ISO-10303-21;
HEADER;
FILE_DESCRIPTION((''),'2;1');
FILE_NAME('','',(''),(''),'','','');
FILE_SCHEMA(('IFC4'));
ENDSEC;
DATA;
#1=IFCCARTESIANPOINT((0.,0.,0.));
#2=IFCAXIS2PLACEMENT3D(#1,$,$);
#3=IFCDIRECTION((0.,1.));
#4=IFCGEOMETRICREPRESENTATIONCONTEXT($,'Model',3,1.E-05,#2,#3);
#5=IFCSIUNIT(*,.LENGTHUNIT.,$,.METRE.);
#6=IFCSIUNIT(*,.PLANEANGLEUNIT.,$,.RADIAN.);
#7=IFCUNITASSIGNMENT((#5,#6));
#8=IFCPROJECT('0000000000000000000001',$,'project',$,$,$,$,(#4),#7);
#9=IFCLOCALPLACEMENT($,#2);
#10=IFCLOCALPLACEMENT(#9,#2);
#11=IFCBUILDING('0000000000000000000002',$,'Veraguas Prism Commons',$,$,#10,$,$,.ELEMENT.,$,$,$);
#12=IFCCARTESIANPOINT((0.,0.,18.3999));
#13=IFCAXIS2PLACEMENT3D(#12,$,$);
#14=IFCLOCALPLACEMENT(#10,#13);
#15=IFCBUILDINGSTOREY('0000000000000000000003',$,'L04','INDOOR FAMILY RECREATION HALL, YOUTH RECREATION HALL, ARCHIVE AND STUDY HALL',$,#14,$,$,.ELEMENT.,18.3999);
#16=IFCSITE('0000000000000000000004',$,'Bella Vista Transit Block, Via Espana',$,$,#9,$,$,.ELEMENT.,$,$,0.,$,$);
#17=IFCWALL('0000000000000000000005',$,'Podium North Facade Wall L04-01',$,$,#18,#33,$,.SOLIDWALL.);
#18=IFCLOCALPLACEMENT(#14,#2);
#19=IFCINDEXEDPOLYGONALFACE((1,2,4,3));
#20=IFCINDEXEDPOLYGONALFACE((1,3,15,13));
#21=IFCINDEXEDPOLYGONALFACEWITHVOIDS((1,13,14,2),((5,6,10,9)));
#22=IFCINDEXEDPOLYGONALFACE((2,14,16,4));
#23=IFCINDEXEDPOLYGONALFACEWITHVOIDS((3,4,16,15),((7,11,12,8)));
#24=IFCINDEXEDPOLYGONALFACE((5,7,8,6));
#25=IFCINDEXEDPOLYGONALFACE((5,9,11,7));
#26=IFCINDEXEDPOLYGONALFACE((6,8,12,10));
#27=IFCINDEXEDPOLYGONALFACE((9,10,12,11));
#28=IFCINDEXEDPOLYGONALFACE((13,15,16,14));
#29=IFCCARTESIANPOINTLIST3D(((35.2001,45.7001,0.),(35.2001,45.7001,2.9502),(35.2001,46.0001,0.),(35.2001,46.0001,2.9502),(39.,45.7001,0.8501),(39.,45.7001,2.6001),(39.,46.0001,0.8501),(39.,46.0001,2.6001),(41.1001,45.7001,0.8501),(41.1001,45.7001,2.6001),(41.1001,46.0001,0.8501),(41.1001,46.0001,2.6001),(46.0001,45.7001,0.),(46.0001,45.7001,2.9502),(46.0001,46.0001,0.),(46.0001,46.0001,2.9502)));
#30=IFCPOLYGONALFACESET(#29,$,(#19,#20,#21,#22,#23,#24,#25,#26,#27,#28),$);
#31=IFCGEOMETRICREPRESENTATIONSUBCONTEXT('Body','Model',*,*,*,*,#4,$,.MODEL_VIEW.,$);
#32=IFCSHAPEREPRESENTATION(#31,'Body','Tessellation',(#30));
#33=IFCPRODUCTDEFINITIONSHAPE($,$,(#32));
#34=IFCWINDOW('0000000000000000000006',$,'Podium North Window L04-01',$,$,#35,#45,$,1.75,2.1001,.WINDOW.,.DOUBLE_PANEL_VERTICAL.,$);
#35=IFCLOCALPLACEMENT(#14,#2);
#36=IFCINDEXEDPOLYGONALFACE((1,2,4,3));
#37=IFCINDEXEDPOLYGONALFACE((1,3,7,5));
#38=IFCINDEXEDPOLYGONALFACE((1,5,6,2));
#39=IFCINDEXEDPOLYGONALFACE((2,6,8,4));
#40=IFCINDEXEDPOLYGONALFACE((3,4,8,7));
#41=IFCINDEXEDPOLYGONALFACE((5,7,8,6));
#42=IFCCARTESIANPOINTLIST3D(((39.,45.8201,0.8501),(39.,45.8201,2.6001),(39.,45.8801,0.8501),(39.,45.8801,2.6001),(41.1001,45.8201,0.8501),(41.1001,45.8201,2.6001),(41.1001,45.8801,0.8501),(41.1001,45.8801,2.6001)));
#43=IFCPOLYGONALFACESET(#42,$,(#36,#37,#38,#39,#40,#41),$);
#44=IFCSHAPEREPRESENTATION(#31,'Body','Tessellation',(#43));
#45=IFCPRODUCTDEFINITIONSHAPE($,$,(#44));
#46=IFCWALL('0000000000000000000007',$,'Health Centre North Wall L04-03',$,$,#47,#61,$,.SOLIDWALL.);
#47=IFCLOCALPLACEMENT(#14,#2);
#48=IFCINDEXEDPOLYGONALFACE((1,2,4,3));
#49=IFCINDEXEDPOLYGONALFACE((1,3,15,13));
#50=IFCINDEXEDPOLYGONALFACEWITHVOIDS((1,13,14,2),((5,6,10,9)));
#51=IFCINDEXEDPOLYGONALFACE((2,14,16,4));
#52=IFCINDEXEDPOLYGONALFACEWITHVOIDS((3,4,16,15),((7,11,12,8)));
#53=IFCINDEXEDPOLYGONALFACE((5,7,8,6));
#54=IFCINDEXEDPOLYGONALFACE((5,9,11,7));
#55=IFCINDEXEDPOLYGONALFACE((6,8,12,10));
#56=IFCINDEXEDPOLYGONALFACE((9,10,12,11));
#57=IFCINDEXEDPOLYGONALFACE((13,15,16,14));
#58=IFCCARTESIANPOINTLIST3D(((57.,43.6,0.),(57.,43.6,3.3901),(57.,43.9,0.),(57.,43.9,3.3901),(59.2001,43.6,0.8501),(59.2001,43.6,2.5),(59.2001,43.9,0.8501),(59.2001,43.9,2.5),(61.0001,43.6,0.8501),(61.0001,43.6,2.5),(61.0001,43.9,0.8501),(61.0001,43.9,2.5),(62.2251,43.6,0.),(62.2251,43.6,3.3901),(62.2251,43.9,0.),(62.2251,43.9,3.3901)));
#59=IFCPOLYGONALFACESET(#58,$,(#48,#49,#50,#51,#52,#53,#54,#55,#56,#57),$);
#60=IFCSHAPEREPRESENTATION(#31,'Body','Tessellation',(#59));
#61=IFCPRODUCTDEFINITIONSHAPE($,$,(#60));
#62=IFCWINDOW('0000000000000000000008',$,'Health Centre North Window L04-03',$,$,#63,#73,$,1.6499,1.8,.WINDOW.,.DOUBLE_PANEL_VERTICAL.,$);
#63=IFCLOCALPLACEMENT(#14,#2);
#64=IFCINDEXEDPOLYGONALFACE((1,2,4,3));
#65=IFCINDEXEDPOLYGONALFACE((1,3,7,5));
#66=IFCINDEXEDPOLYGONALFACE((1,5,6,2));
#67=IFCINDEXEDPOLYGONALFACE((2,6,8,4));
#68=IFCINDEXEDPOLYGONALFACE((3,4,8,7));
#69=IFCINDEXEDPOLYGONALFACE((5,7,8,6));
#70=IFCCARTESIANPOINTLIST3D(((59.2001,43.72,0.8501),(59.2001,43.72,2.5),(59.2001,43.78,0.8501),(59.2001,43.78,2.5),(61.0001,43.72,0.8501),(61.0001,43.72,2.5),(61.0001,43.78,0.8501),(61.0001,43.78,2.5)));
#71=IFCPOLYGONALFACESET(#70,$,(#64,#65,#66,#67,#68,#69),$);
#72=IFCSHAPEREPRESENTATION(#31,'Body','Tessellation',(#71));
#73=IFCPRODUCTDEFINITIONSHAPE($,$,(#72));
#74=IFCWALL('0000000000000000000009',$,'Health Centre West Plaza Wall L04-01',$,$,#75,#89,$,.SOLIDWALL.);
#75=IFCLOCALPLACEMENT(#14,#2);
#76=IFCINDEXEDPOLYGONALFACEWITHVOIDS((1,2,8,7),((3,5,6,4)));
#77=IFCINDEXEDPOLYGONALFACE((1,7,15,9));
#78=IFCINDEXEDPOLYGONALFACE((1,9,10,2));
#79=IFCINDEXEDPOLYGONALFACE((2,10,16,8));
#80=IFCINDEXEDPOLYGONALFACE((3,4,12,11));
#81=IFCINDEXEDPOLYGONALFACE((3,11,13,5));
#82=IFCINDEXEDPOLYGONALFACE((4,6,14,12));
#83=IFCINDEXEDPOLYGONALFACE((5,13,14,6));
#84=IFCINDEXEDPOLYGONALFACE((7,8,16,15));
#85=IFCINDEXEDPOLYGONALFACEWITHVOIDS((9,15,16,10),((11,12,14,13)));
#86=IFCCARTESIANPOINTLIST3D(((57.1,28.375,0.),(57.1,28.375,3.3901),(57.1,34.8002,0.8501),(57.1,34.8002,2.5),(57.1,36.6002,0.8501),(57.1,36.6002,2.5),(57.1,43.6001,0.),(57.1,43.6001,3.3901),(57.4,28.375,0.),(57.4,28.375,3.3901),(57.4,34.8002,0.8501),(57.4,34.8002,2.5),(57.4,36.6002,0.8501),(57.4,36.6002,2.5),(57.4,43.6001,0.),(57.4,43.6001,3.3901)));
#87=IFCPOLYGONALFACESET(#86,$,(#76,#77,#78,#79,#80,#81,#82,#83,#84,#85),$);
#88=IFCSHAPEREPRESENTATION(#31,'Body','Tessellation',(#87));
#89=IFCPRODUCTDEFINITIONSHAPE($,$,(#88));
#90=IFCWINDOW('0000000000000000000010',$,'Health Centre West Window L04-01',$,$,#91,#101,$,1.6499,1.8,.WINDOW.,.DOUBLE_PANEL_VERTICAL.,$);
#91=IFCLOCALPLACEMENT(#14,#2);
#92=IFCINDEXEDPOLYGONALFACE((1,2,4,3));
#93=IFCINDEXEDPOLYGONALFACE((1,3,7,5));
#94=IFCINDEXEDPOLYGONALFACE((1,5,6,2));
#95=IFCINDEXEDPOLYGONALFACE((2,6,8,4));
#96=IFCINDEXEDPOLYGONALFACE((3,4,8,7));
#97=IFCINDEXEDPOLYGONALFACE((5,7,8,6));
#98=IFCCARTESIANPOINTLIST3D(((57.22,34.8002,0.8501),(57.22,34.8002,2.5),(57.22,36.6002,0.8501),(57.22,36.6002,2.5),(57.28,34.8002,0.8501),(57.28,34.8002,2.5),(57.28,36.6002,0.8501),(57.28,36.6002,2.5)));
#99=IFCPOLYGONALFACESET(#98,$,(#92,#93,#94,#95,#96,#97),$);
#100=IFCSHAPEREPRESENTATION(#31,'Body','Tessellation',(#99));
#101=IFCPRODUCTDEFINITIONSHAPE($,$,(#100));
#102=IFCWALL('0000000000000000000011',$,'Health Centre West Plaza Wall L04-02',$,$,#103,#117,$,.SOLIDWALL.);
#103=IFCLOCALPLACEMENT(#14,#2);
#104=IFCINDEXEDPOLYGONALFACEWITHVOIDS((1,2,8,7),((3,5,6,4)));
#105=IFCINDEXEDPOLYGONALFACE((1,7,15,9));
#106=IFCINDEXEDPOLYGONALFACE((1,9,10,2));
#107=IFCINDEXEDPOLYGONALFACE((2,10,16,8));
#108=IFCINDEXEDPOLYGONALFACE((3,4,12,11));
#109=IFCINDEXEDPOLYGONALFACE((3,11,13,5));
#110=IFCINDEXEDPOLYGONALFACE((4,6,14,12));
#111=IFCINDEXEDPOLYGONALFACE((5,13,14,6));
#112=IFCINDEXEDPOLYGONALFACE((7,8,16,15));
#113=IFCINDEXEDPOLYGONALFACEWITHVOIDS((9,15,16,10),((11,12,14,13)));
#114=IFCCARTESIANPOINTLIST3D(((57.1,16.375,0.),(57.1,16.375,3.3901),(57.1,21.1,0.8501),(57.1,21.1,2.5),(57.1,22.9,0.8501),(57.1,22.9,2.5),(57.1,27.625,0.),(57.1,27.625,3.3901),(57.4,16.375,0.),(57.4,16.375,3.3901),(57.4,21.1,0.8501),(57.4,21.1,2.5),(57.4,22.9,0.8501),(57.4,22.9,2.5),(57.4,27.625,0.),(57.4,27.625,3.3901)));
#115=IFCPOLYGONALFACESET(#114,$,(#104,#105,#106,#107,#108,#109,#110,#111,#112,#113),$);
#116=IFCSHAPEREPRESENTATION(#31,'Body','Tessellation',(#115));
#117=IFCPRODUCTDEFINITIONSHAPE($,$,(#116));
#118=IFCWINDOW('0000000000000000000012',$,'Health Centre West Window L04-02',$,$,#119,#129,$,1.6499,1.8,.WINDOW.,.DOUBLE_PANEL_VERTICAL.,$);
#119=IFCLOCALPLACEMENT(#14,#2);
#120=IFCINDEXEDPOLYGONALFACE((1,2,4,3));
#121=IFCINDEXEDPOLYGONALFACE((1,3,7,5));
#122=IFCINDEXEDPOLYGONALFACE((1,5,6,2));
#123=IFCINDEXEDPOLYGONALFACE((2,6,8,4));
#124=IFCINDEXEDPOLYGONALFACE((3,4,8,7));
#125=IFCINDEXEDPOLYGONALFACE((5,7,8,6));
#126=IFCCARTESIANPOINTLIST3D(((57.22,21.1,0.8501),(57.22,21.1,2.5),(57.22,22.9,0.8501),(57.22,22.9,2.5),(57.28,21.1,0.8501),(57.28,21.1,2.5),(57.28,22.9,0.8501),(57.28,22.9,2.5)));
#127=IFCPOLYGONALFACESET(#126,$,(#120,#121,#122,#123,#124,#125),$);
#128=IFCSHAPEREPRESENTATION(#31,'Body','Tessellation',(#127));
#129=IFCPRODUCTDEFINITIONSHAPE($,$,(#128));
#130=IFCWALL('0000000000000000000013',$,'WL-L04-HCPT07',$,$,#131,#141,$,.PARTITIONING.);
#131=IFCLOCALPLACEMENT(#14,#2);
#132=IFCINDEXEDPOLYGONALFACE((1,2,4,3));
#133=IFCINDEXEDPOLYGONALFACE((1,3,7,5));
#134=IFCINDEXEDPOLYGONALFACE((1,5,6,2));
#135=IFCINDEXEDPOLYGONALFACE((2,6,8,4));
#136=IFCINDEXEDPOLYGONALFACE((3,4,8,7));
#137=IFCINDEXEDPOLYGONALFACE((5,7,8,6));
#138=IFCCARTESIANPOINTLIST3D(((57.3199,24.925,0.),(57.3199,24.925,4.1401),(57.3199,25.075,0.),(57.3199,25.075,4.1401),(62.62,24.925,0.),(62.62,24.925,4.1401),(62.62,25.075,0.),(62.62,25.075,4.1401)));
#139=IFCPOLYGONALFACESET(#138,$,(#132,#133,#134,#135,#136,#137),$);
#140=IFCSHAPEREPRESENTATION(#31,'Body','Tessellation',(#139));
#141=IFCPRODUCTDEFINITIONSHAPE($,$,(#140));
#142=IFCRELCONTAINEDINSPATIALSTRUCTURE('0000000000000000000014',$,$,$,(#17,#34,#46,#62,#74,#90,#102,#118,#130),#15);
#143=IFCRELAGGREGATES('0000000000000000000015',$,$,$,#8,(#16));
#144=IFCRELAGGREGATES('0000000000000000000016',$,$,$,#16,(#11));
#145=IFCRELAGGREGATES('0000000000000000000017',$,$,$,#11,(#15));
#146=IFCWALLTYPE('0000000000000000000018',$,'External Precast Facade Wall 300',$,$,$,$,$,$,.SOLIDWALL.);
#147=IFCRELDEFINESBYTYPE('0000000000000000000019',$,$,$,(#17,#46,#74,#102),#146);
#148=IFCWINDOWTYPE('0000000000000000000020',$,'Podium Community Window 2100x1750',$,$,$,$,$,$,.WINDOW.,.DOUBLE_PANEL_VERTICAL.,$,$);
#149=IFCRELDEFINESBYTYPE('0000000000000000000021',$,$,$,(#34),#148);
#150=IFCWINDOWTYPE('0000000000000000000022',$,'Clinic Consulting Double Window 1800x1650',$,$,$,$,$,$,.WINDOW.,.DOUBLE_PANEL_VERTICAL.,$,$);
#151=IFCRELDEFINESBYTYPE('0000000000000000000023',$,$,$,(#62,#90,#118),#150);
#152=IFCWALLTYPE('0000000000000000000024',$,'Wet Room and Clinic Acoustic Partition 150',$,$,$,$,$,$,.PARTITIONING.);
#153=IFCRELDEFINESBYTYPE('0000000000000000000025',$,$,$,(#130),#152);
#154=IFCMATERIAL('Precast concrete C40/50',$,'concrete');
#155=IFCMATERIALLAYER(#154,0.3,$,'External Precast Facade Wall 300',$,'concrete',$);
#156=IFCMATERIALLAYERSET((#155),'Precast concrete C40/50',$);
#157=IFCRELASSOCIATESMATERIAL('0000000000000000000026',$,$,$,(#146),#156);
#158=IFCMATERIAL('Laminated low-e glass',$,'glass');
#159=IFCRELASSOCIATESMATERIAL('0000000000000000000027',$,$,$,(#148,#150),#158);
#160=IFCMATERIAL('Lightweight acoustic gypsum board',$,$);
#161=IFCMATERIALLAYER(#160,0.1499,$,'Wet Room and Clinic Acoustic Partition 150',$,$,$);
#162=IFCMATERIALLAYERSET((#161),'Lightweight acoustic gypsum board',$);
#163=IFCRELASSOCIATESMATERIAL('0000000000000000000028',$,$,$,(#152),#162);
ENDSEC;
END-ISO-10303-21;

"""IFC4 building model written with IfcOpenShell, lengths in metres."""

from ifc_helpers import new_model, si_unit, direction, frame, frame_2d, origin, place, context, subcontext, project, spatial, rectangle, extrude, source, transform, mapped, material, layer, layer_set, type_object, element, fill, save


model = new_model("IFC4")

# Units and contexts
model_context = context("Model", 3, precision=1e-05, world=origin(), true_north=direction((0.0, 1.0)))
body_context = subcontext(model_context, "Body", "Model", "MODEL_VIEW")
ifc_project = project(units=[si_unit("LENGTHUNIT", "METRE"), si_unit("PLANEANGLEUNIT", "RADIAN")], contexts=[model_context])

# Site, building, storey
site_placement = place(None, origin())
site = spatial("IfcSite", under=ifc_project, at=site_placement, Name="Bella Vista Transit Block, Via Espana", CompositionType="ELEMENT", RefElevation=0.0)
building_placement = place(site_placement, origin())
building = spatial("IfcBuilding", under=site, at=building_placement, Name="Veraguas Prism Commons", CompositionType="ELEMENT")
storey_placement = place(building_placement, frame((0.0, 0.0, 18.3999)))
storey = spatial("IfcBuildingStorey", under=building, at=storey_placement, Name="L04", Description="INDOOR FAMILY RECREATION HALL, YOUTH RECREATION HALL, ARCHIVE AND STUDY HALL", CompositionType="ELEMENT", Elevation=18.3999)

# Walls, openings, windows
ifc_material_1 = material(Name="Precast concrete C40/50", Category="concrete")
ifc_layer_1 = layer(ifc_material_1, 0.3, Name="External Precast Facade Wall 300", Category="concrete")
ifc_layer_set_1 = layer_set([ifc_layer_1], Name="Precast concrete C40/50")
wall_type_1 = type_object("IfcWallType", Name="External Precast Facade Wall 300", PredefinedType="SOLIDWALL", material=ifc_layer_set_1)
ifc_material_2 = material(Name="Laminated low-e glass", Category="glass")
window_type_1 = type_object("IfcWindowType", Name="Podium Community Window 2100x1750", PartitioningType="DOUBLE_PANEL_VERTICAL", PredefinedType="WINDOW", material=ifc_material_2)
shared_shape_1 = source(origin(), body_context, "Body", "SweptSolid", [
    extrude(rectangle(XDim=2.1001, YDim=1.75, at=frame_2d((1.05, 0.875))), frame((0.0, 0.03, 0.0), z_axis=(0.0, -1.0, 0.0), x_axis=(1.0, 0.0, 0.0)), (0.0, 0.0, 1.0), 0.0601),
])
wall_1_placement = place(storey_placement, frame((46.0, 45.8501, 0.0), z_axis=(0.0, 0.0, 1.0), x_axis=(-1.0, 0.0, 0.0)))
wall_1 = element("IfcWall", 1, at=wall_1_placement, inside=storey, type_object=wall_type_1, Name="Podium North Facade Wall L04-01", PredefinedType="SOLIDWALL", context=body_context, shape_type="SweptSolid", body=[
    extrude(rectangle(XDim=10.8, YDim=0.3, at=frame_2d((5.3999, 0.0))), origin(), (0.0, 0.0, 1.0), 2.9502),
])
opening_1_placement = place(wall_1_placement, frame((4.8999, 0.0, 0.8501)))
opening_1 = element("IfcOpeningElement", 2, at=opening_1_placement, cuts=wall_1, PredefinedType="OPENING", context=body_context, shape_type="SweptSolid", body=[
    extrude(rectangle(XDim=2.1001, YDim=1.75, at=frame_2d((1.05, 0.875))), frame((0.0, 0.1599, 0.0), z_axis=(0.0, -1.0, 0.0), x_axis=(1.0, 0.0, 0.0)), (0.0, 0.0, 1.0), 0.3201),
])
window_1_placement = place(opening_1_placement, origin())
window_1 = element("IfcWindow", 3, at=window_1_placement, inside=storey, type_object=window_type_1, Name="Podium North Window L04-01", OverallHeight=1.75, OverallWidth=2.1001, PartitioningType="DOUBLE_PANEL_VERTICAL", PredefinedType="WINDOW", context=body_context, shape_type="MappedRepresentation", body=[
    mapped(shared_shape_1, transform((0.0, 0.0, 0.0), scale=1.0)),
])
fill(opening_1, window_1)
wall_2_placement = place(storey_placement, frame((62.2251, 43.75, 0.0), z_axis=(0.0, 0.0, 1.0), x_axis=(-1.0, 0.0, 0.0)))
wall_2 = element("IfcWall", 4, at=wall_2_placement, inside=storey, type_object=wall_type_1, Name="Health Centre North Wall L04-03", PredefinedType="SOLIDWALL", context=body_context, shape_type="SweptSolid", body=[
    extrude(rectangle(XDim=5.2251, YDim=0.3, at=frame_2d((2.6125, 0.0))), origin(), (0.0, 0.0, 1.0), 3.3901),
])
opening_2_placement = place(wall_2_placement, frame((1.2251, 0.0, 0.8501)))
opening_2 = element("IfcOpeningElement", 5, at=opening_2_placement, cuts=wall_2, PredefinedType="OPENING", context=body_context, shape_type="SweptSolid", body=[
    extrude(rectangle(XDim=1.8, YDim=1.6499, at=frame_2d((0.8999, 0.825))), frame((0.0, 0.1599, 0.0), z_axis=(0.0, -1.0, 0.0), x_axis=(1.0, 0.0, 0.0)), (0.0, 0.0, 1.0), 0.3201),
])
window_type_2 = type_object("IfcWindowType", Name="Clinic Consulting Double Window 1800x1650", PartitioningType="DOUBLE_PANEL_VERTICAL", PredefinedType="WINDOW", material=ifc_material_2)
shared_shape_2 = source(origin(), body_context, "Body", "SweptSolid", [
    extrude(rectangle(XDim=1.8, YDim=1.6499, at=frame_2d((0.8999, 0.825))), frame((0.0, 0.03, 0.0), z_axis=(0.0, -1.0, 0.0), x_axis=(1.0, 0.0, 0.0)), (0.0, 0.0, 1.0), 0.0601),
])
window_2_placement = place(opening_2_placement, origin())
window_2 = element("IfcWindow", 6, at=window_2_placement, inside=storey, type_object=window_type_2, Name="Health Centre North Window L04-03", OverallHeight=1.6499, OverallWidth=1.8, PartitioningType="DOUBLE_PANEL_VERTICAL", PredefinedType="WINDOW", context=body_context, shape_type="MappedRepresentation", body=[
    mapped(shared_shape_2, transform((0.0, 0.0, 0.0), scale=1.0)),
])
fill(opening_2, window_2)
wall_3_placement = place(storey_placement, frame((57.25, 43.6001, 0.0), z_axis=(0.0, 0.0, 1.0), x_axis=(0.0, -1.0, 0.0)))
wall_3 = element("IfcWall", 7, at=wall_3_placement, inside=storey, type_object=wall_type_1, Name="Health Centre West Plaza Wall L04-01", PredefinedType="SOLIDWALL", context=body_context, shape_type="SweptSolid", body=[
    extrude(rectangle(XDim=15.2251, YDim=0.3, at=frame_2d((7.6125, 0.0))), origin(), (0.0, 0.0, 1.0), 3.3901),
])
opening_3_placement = place(wall_3_placement, frame((7.0, 0.0, 0.8501)))
opening_3 = element("IfcOpeningElement", 8, at=opening_3_placement, cuts=wall_3, PredefinedType="OPENING", context=body_context, shape_type="SweptSolid", body=[
    extrude(rectangle(XDim=1.8, YDim=1.6499, at=frame_2d((0.8999, 0.825))), frame((0.0, 0.1599, 0.0), z_axis=(0.0, -1.0, 0.0), x_axis=(1.0, 0.0, 0.0)), (0.0, 0.0, 1.0), 0.3201),
])
window_3_placement = place(opening_3_placement, origin())
window_3 = element("IfcWindow", 9, at=window_3_placement, inside=storey, type_object=window_type_2, Name="Health Centre West Window L04-01", OverallHeight=1.6499, OverallWidth=1.8, PartitioningType="DOUBLE_PANEL_VERTICAL", PredefinedType="WINDOW", context=body_context, shape_type="MappedRepresentation", body=[
    mapped(shared_shape_2, transform((0.0, 0.0, 0.0), scale=1.0)),
])
fill(opening_3, window_3)
wall_4_placement = place(storey_placement, frame((57.25, 27.625, 0.0), z_axis=(0.0, 0.0, 1.0), x_axis=(0.0, -1.0, 0.0)))
wall_4 = element("IfcWall", 10, at=wall_4_placement, inside=storey, type_object=wall_type_1, Name="Health Centre West Plaza Wall L04-02", PredefinedType="SOLIDWALL", context=body_context, shape_type="SweptSolid", body=[
    extrude(rectangle(XDim=11.25, YDim=0.3, at=frame_2d((5.625, 0.0))), origin(), (0.0, 0.0, 1.0), 3.3901),
])
opening_4_placement = place(wall_4_placement, frame((4.7251, 0.0, 0.8501)))
opening_4 = element("IfcOpeningElement", 11, at=opening_4_placement, cuts=wall_4, PredefinedType="OPENING", context=body_context, shape_type="SweptSolid", body=[
    extrude(rectangle(XDim=1.8, YDim=1.6499, at=frame_2d((0.8999, 0.825))), frame((0.0, 0.1599, 0.0), z_axis=(0.0, -1.0, 0.0), x_axis=(1.0, 0.0, 0.0)), (0.0, 0.0, 1.0), 0.3201),
])
window_4_placement = place(opening_4_placement, origin())
window_4 = element("IfcWindow", 12, at=window_4_placement, inside=storey, type_object=window_type_2, Name="Health Centre West Window L04-02", OverallHeight=1.6499, OverallWidth=1.8, PartitioningType="DOUBLE_PANEL_VERTICAL", PredefinedType="WINDOW", context=body_context, shape_type="MappedRepresentation", body=[
    mapped(shared_shape_2, transform((0.0, 0.0, 0.0), scale=1.0)),
])
fill(opening_4, window_4)

# Wall
ifc_material_3 = material(Name="Lightweight acoustic gypsum board")
ifc_layer_2 = layer(ifc_material_3, 0.1499, Name="Wet Room and Clinic Acoustic Partition 150")
ifc_layer_set_2 = layer_set([ifc_layer_2], Name="Lightweight acoustic gypsum board")
wall_type_2 = type_object("IfcWallType", Name="Wet Room and Clinic Acoustic Partition 150", PredefinedType="PARTITIONING", material=ifc_layer_set_2)
wall_5_placement = place(storey_placement, frame((57.3201, 25.0, 0.0), z_axis=(0.0, 0.0, 1.0), x_axis=(1.0, 0.0, 0.0)))
element("IfcWall", 13, at=wall_5_placement, inside=storey, type_object=wall_type_2, Name="WL-L04-HCPT07", PredefinedType="PARTITIONING", context=body_context, shape_type="SweptSolid", body=[
    extrude(rectangle(XDim=5.3, YDim=0.1499, at=frame_2d((2.6499, 0.0))), origin(), (0.0, 0.0, 1.0), 4.1401),
])

save(model, "model.ifc")
